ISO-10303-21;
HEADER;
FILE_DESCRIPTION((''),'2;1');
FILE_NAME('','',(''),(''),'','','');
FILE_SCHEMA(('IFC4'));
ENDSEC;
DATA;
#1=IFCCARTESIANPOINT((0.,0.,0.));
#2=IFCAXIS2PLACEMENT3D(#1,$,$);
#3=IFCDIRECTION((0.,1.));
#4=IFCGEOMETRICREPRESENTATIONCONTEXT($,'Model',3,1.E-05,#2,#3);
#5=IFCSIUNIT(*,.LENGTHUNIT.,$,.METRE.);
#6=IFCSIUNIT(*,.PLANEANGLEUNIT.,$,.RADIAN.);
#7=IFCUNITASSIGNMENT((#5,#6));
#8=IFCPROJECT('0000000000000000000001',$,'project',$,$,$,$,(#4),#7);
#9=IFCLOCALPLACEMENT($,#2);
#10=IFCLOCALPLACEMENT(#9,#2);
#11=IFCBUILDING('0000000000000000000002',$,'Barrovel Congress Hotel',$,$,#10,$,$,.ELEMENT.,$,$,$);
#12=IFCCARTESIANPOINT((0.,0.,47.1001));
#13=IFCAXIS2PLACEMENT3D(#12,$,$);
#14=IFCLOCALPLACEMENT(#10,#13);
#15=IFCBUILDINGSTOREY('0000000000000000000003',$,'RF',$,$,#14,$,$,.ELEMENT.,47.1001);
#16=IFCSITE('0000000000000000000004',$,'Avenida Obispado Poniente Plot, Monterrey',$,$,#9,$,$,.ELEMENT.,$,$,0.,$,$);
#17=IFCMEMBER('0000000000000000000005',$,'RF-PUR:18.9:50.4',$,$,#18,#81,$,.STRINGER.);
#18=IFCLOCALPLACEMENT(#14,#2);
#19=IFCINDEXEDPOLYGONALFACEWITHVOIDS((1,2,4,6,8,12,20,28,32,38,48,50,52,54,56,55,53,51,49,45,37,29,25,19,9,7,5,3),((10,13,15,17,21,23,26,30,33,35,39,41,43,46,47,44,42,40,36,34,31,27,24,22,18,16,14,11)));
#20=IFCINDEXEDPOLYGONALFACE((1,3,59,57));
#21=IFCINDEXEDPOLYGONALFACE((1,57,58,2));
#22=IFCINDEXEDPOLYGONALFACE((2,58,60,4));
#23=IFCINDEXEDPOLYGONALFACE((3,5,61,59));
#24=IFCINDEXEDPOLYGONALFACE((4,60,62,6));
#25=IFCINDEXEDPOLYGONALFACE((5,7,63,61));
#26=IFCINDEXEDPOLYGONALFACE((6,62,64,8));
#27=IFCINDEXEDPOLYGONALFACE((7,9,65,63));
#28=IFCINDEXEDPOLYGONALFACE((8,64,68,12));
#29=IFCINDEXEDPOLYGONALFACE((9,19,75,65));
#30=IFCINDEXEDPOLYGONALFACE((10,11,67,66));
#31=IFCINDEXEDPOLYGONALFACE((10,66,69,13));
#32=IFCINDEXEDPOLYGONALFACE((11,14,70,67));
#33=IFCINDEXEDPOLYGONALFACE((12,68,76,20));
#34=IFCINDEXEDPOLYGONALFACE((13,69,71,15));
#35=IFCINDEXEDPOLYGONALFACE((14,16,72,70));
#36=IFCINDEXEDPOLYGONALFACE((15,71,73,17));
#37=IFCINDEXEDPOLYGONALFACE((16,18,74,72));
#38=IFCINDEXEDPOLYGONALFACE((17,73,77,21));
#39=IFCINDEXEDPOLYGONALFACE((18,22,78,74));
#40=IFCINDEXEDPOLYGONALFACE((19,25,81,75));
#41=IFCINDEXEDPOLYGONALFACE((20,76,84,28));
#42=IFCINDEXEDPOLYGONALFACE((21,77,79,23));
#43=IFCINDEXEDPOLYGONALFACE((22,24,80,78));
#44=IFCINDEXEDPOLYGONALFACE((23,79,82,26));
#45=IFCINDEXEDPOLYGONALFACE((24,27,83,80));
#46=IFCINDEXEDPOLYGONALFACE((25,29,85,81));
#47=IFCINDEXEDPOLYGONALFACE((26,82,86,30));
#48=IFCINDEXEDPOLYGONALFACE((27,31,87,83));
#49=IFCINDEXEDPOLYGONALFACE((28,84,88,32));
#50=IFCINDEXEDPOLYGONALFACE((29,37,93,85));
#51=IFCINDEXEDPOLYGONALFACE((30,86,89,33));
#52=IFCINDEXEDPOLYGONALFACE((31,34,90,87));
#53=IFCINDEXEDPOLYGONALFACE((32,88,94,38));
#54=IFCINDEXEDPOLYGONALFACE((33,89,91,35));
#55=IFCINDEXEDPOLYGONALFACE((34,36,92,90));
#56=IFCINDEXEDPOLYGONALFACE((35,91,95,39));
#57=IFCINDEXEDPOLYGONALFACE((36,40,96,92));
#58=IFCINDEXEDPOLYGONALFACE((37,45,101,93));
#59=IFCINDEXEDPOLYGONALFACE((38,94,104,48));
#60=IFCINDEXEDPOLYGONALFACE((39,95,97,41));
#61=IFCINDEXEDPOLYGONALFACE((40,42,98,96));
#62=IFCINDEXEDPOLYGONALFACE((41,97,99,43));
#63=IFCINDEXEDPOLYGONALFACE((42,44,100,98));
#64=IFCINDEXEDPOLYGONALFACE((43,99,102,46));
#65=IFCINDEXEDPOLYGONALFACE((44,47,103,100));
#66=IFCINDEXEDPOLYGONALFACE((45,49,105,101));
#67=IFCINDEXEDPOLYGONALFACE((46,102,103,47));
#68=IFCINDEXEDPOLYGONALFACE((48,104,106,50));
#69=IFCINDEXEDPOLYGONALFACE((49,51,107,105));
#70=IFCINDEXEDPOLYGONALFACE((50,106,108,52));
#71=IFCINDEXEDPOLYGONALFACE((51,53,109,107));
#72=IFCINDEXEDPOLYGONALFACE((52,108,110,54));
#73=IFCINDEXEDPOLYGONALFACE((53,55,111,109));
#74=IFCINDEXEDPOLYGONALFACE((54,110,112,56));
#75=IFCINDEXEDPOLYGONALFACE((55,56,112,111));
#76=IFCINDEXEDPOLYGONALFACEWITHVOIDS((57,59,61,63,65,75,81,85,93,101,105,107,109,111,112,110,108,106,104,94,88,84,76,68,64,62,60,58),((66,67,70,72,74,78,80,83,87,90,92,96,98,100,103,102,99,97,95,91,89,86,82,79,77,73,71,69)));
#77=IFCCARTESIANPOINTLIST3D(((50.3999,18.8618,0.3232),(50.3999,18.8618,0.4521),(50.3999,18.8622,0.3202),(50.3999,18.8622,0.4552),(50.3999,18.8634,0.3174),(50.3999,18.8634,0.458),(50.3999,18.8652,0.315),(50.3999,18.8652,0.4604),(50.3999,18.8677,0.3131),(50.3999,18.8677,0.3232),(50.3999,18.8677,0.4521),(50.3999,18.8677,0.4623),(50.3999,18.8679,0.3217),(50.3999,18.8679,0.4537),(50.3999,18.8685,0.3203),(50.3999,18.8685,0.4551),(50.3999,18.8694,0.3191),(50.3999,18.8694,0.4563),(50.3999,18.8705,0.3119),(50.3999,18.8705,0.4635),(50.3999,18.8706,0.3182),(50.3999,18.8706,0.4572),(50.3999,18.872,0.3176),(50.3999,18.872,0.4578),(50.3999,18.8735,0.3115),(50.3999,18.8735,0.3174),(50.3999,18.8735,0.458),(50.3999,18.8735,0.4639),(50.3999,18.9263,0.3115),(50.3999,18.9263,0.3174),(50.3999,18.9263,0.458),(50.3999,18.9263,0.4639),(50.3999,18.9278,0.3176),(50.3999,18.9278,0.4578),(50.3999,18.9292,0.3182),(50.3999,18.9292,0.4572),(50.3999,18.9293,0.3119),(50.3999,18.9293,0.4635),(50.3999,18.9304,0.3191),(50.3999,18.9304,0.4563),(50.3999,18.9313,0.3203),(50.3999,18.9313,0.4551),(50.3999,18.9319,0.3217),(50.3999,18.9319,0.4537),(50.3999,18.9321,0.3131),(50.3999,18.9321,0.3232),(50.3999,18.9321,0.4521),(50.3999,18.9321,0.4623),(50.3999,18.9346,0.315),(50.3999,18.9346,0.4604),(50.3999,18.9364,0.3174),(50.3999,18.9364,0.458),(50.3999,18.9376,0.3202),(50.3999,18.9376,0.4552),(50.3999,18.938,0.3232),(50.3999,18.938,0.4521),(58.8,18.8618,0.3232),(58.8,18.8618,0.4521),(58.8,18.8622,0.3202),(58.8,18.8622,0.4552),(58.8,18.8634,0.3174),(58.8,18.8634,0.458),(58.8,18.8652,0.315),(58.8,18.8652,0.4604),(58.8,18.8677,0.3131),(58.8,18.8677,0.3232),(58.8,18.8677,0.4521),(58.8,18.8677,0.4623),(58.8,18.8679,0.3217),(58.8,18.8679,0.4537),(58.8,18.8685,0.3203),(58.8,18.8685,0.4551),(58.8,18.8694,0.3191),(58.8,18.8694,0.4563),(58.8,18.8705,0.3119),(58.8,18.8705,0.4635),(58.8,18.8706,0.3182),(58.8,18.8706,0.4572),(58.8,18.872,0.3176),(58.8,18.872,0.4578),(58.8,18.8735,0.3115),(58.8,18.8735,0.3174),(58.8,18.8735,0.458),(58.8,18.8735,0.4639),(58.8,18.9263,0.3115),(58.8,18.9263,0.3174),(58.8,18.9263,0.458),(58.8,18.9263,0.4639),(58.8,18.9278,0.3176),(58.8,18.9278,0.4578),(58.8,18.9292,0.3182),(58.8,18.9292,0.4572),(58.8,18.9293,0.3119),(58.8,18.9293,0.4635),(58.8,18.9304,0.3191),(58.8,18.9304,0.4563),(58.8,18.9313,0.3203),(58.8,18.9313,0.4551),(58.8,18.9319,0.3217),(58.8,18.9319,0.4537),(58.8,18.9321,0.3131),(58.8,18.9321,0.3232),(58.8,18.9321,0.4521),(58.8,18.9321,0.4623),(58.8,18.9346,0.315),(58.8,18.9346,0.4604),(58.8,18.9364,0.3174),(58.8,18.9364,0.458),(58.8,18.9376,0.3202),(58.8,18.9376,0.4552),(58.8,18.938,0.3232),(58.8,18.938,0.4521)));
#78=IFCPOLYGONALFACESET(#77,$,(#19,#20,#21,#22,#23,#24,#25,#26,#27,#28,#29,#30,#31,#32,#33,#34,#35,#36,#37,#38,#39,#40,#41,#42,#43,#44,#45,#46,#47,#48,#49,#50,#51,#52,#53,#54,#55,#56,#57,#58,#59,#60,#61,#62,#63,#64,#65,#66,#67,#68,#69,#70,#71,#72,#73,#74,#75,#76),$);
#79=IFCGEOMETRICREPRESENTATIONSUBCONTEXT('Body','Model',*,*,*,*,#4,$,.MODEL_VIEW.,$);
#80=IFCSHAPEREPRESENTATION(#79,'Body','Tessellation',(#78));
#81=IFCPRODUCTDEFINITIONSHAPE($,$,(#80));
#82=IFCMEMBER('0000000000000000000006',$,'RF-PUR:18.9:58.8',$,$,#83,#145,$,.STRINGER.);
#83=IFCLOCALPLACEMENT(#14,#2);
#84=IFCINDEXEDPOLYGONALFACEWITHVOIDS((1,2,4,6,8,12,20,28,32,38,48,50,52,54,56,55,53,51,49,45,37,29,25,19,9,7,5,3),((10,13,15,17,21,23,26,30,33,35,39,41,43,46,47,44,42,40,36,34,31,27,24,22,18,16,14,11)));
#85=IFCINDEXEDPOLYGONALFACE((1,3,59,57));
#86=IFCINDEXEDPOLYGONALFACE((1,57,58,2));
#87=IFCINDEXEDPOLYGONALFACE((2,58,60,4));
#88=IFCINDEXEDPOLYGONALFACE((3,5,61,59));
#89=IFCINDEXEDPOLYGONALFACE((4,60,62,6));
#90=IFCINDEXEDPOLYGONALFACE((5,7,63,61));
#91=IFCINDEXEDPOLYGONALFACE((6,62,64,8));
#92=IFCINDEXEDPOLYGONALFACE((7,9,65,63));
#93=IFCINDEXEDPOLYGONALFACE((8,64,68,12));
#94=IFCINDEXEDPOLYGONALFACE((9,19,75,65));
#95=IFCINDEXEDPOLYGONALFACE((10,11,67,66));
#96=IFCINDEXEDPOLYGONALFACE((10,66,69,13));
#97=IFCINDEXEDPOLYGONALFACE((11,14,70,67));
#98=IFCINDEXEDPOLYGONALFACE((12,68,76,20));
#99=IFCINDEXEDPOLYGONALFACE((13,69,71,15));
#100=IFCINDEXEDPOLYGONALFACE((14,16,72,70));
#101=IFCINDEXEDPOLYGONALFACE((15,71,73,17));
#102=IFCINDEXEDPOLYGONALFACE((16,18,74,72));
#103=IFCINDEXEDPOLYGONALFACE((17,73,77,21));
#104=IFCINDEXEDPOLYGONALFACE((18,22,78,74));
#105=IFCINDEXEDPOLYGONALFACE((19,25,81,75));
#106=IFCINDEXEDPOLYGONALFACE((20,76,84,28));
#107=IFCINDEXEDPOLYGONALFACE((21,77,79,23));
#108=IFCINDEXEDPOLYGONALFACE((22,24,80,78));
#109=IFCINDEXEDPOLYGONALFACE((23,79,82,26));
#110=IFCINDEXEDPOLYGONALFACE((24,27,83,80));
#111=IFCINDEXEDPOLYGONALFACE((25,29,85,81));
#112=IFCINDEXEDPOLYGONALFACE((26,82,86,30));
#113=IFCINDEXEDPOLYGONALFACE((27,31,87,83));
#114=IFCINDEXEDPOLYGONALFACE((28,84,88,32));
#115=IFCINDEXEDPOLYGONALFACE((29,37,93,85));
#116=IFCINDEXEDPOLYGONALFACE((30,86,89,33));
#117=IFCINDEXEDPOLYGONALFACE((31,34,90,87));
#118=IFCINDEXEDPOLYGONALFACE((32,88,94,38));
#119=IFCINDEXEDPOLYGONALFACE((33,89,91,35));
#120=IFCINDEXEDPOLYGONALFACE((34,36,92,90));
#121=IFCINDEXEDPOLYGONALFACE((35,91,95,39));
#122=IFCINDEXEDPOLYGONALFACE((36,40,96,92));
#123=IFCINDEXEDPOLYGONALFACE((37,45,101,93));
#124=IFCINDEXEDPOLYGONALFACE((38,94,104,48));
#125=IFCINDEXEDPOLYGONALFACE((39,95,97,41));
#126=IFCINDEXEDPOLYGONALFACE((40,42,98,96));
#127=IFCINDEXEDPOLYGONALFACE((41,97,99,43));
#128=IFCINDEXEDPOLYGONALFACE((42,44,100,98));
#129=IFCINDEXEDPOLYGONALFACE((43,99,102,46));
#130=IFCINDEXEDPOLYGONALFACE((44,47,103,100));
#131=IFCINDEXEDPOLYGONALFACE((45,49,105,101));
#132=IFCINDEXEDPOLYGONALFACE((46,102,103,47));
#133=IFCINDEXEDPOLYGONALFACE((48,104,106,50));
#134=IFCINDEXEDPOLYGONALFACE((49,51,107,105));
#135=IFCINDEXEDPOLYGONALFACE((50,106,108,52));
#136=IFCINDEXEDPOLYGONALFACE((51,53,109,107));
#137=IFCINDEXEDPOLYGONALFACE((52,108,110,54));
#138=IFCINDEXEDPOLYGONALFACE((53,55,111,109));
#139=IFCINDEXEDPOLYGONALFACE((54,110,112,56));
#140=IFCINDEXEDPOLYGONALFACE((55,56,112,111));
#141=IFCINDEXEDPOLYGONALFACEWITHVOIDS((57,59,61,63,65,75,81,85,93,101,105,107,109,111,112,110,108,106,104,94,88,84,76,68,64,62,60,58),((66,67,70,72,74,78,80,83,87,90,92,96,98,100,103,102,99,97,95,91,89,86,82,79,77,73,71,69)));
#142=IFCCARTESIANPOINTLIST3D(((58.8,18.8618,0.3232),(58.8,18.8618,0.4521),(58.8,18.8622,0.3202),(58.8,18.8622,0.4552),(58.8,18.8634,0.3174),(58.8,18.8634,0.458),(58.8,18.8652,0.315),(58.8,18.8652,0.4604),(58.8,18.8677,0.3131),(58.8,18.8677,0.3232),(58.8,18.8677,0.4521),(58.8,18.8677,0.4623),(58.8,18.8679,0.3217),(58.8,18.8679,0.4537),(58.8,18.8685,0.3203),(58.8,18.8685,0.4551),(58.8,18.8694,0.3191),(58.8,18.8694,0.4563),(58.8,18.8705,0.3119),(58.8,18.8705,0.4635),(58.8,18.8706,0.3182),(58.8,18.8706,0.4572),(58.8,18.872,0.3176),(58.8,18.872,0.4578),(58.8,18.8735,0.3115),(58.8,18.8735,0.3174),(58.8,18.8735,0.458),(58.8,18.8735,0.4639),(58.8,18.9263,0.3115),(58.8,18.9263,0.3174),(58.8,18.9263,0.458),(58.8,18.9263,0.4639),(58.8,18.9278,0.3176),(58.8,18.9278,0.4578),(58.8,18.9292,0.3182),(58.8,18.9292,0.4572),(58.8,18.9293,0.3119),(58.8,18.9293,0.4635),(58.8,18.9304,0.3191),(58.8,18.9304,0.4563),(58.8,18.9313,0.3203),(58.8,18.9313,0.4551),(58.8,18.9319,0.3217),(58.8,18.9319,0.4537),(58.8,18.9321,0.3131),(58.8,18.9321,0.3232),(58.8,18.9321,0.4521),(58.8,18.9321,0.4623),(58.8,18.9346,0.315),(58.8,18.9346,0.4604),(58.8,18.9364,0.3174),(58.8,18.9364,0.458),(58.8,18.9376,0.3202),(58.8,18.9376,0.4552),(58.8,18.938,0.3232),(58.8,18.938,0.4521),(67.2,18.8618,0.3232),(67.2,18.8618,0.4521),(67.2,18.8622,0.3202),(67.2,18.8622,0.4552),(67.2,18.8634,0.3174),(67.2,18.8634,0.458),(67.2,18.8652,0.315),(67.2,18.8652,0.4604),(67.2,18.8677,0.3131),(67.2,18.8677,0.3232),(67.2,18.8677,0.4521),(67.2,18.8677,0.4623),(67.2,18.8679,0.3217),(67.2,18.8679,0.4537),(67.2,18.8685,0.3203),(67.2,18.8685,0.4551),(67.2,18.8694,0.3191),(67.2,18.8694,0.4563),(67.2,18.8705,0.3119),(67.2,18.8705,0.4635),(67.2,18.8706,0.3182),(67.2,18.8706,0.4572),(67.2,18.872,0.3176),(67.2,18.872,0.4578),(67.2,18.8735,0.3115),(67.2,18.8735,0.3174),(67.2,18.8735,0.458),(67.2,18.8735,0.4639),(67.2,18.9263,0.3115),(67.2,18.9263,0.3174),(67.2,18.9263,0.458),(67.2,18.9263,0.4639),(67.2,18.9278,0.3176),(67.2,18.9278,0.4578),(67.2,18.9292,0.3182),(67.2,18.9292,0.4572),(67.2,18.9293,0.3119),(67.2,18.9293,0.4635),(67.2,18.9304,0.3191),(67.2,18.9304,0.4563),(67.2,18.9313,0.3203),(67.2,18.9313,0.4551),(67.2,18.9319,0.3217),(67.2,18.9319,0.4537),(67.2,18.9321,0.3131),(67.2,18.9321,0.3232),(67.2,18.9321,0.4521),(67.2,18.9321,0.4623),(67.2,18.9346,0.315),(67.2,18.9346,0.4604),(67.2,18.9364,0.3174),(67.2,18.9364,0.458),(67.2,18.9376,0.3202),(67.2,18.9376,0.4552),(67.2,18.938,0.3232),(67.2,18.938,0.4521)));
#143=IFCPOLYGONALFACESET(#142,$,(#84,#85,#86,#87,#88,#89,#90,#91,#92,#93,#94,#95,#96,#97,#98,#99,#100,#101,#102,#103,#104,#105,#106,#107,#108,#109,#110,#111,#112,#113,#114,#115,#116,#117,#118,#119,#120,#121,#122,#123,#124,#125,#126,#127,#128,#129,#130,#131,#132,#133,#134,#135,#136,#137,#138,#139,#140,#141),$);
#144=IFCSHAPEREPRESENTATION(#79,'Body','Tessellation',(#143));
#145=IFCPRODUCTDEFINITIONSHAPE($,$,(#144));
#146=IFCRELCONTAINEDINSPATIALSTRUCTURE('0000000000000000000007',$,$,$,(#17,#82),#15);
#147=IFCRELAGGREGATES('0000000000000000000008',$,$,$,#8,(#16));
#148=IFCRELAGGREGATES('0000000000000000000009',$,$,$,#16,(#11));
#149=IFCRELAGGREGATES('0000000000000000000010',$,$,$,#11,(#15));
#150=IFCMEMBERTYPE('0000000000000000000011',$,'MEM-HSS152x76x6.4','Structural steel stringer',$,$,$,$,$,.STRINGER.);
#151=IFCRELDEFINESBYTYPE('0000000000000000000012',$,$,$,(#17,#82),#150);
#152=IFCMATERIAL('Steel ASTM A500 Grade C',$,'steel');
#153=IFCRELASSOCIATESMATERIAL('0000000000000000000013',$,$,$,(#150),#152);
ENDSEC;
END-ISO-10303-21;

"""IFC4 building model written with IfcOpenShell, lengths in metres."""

from ifc_helpers import new_model, si_unit, direction, frame, origin, origin_2d, place, context, subcontext, project, spatial, hollow_rectangle, extrude, material, material_profile, profile_set, type_object, element, save


model = new_model("IFC4")

# Units and contexts
model_context = context("Model", 3, precision=1e-05, world=origin(), true_north=direction((0.0, 1.0)))
body_context = subcontext(model_context, "Body", "Model", "MODEL_VIEW")
ifc_project = project(units=[si_unit("LENGTHUNIT", "METRE"), si_unit("PLANEANGLEUNIT", "RADIAN")], contexts=[model_context])

# Site, building, storey
site_placement = place(None, origin())
site = spatial("IfcSite", under=ifc_project, at=site_placement, Name="Avenida Obispado Poniente Plot, Monterrey", CompositionType="ELEMENT", RefElevation=0.0)
building_placement = place(site_placement, origin())
building = spatial("IfcBuilding", under=site, at=building_placement, Name="Barrovel Congress Hotel", CompositionType="ELEMENT")
storey_placement = place(building_placement, frame((0.0, 0.0, 47.1001)))
storey = spatial("IfcBuildingStorey", under=building, at=storey_placement, Name="RF", CompositionType="ELEMENT", Elevation=47.1001)

# Members
ifc_material_1 = material(Name="Steel ASTM A500 Grade C", Category="steel")
ifc_material_profile_1 = material_profile(ifc_material_1, hollow_rectangle(XDim=0.0762, YDim=0.1523, WallThickness=0.0059, InnerFilletRadius=0.0059, OuterFilletRadius=0.0117, at=origin_2d()), Name="HSS152x76x6.4")
ifc_profile_set_1 = profile_set([ifc_material_profile_1], Name="Steel ASTM A500 Grade C")
member_type_1 = type_object("IfcMemberType", Name="MEM-HSS152x76x6.4", Description="Structural steel stringer", PredefinedType="STRINGER", material=ifc_profile_set_1)
member_1_placement = place(storey_placement, frame((50.3999, 18.8999, 0.3877), z_axis=(1.0, 0.0, 0.0), x_axis=(0.0, 1.0, 0.0)))
element("IfcMember", 1, at=member_1_placement, inside=storey, type_object=member_type_1, Name="RF-PUR:18.9:50.4", PredefinedType="STRINGER", context=body_context, shape_type="SweptSolid", body=[
    extrude(hollow_rectangle(XDim=0.0762, YDim=0.1523, WallThickness=0.0059, InnerFilletRadius=0.0059, OuterFilletRadius=0.0117, at=origin_2d()), origin(), (0.0, 0.0, 1.0), 8.4001),
])
member_2_placement = place(storey_placement, frame((58.8, 18.8999, 0.3877), z_axis=(1.0, 0.0, 0.0), x_axis=(0.0, 1.0, 0.0)))
element("IfcMember", 2, at=member_2_placement, inside=storey, type_object=member_type_1, Name="RF-PUR:18.9:58.8", PredefinedType="STRINGER", context=body_context, shape_type="SweptSolid", body=[
    extrude(hollow_rectangle(XDim=0.0762, YDim=0.1523, WallThickness=0.0059, InnerFilletRadius=0.0059, OuterFilletRadius=0.0117, at=origin_2d()), origin(), (0.0, 0.0, 1.0), 8.3999),
])

save(model, "model.ifc")
